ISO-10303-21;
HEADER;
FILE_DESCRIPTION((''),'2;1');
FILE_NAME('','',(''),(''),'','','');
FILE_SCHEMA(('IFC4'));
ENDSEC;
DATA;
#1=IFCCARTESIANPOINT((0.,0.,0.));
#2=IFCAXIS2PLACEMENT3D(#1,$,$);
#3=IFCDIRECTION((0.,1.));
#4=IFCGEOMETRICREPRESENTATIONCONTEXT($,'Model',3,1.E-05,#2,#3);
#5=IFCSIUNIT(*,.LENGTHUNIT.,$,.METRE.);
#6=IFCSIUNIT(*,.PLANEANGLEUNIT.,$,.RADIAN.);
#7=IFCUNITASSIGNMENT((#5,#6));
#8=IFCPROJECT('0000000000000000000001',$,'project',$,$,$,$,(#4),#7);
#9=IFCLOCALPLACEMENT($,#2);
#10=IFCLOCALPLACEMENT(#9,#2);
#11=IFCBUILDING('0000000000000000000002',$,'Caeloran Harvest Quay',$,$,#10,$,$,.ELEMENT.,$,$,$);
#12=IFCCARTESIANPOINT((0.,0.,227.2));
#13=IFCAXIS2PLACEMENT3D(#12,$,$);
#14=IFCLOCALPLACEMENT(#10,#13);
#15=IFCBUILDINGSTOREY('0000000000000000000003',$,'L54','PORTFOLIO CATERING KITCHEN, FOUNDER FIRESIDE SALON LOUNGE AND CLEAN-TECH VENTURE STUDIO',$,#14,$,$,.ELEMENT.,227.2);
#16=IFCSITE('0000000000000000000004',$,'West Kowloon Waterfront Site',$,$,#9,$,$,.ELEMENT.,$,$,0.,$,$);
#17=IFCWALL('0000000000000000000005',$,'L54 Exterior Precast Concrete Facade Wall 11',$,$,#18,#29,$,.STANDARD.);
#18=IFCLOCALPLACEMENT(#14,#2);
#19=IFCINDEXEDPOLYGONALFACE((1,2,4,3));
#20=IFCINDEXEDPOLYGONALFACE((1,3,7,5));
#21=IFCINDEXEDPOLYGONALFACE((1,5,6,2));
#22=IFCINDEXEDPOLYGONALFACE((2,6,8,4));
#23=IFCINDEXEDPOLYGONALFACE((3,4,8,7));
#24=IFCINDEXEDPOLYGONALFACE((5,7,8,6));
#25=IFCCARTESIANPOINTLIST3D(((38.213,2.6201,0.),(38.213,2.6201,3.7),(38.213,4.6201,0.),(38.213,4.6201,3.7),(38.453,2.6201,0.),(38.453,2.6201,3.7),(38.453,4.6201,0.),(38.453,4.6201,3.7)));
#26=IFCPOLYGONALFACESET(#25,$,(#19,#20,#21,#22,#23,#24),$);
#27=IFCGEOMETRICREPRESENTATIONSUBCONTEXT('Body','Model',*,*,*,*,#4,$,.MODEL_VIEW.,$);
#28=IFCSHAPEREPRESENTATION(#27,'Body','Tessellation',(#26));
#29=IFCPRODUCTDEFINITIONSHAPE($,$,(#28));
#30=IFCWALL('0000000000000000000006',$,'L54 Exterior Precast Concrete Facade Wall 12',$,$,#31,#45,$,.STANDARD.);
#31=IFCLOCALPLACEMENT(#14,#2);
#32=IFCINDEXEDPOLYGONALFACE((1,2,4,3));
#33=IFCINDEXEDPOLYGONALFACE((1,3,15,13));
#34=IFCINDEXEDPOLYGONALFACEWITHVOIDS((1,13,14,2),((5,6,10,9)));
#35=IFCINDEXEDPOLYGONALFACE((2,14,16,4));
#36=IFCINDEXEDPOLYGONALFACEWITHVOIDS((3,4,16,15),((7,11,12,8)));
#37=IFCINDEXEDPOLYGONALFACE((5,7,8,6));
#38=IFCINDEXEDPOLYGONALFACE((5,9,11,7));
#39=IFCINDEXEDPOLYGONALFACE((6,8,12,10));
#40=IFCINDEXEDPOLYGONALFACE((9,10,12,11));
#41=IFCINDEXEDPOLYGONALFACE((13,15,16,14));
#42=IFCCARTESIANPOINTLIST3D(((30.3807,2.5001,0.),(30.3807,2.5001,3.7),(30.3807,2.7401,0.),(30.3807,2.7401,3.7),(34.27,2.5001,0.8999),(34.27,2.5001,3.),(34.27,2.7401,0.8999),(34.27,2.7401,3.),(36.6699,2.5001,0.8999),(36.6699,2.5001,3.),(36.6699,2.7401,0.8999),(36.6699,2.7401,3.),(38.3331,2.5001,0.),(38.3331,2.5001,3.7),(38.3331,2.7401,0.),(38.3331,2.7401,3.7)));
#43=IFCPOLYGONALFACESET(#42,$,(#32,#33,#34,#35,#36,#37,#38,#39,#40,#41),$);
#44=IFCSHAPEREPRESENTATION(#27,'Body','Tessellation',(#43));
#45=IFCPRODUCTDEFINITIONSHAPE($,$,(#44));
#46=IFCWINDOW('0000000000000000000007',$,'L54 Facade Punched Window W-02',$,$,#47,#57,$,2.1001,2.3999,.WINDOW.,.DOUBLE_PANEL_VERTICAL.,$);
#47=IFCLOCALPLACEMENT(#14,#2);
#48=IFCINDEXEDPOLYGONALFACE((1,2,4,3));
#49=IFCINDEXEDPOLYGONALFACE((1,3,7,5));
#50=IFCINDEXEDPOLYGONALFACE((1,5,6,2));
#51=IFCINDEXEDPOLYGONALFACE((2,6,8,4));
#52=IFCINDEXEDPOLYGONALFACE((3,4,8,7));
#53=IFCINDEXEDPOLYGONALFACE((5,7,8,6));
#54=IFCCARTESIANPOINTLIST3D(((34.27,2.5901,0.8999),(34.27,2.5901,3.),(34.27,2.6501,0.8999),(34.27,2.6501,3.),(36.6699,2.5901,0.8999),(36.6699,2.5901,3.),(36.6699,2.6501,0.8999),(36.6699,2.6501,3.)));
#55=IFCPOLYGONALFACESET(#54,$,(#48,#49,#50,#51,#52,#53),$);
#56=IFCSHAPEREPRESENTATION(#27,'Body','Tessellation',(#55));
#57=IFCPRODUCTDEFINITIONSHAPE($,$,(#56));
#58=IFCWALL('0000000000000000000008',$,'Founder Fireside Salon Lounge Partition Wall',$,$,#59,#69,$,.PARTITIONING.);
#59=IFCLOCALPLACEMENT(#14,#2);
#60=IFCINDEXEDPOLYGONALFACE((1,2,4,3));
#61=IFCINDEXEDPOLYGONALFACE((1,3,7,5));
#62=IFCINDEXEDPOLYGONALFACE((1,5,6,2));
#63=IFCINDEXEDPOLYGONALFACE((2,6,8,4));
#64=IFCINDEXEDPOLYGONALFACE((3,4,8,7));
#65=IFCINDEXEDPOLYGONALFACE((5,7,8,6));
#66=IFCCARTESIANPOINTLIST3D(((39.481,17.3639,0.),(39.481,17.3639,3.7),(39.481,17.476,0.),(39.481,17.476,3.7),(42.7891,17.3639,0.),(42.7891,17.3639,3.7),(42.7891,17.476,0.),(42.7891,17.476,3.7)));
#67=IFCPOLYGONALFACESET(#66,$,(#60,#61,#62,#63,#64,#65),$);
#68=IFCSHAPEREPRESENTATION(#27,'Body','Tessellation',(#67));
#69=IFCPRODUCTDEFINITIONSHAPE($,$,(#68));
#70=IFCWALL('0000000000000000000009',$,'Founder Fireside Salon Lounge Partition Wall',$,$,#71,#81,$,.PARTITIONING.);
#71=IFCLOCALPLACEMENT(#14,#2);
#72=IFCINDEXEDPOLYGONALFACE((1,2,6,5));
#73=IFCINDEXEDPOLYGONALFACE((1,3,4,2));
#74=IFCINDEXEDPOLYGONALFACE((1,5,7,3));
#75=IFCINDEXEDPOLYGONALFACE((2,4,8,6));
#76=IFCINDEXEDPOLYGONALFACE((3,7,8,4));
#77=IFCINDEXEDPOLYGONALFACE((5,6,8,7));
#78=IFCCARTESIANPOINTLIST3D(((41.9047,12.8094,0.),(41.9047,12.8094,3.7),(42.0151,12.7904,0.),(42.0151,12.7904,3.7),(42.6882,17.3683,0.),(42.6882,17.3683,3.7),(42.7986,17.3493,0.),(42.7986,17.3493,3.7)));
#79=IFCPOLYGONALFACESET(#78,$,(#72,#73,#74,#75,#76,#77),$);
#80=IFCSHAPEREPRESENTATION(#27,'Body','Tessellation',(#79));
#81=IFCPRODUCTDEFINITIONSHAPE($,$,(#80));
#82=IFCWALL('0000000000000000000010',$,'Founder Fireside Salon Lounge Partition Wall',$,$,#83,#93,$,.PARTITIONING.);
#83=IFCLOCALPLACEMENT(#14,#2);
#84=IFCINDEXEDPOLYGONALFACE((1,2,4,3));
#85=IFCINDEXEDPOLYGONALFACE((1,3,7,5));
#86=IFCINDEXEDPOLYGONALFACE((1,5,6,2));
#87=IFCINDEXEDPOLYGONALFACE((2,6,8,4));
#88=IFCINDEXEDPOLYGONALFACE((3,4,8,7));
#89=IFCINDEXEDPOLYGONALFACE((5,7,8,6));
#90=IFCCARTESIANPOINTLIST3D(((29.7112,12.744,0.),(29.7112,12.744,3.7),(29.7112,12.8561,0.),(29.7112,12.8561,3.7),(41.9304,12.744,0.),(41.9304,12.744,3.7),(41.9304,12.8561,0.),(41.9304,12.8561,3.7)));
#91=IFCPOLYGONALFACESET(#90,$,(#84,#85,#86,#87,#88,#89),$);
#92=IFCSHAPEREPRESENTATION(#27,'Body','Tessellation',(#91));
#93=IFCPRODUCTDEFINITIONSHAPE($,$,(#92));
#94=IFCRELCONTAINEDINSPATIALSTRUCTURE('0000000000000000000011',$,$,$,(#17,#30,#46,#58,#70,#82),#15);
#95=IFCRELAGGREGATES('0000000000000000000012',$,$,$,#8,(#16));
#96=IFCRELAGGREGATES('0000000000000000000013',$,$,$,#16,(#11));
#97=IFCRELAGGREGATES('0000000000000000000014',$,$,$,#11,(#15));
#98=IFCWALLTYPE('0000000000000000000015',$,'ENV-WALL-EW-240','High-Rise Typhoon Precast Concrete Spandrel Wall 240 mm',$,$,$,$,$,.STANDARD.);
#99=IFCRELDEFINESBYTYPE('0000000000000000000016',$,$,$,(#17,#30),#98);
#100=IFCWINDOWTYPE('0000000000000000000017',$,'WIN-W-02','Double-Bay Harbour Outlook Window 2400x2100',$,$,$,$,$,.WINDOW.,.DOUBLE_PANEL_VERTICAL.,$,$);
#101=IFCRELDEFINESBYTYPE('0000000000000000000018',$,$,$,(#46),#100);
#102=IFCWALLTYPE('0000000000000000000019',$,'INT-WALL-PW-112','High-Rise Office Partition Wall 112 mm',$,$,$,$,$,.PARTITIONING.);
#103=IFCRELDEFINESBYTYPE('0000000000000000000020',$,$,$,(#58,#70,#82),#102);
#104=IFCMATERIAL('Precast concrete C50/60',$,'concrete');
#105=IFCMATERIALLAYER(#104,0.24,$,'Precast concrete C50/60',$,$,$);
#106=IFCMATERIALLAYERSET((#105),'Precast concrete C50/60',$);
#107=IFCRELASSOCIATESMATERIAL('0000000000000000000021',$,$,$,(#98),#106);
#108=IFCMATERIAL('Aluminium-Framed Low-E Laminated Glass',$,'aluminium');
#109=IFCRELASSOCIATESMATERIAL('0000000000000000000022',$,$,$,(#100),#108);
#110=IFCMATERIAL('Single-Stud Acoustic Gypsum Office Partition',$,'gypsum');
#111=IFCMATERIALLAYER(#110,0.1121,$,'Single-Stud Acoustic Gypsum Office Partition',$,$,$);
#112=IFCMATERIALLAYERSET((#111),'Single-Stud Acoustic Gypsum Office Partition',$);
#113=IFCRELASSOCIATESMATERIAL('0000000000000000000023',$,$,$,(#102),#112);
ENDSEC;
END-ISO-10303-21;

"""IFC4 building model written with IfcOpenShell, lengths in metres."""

from ifc_helpers import new_model, si_unit, direction, frame, frame_2d, origin, place, context, subcontext, project, spatial, rectangle, extrude, material, layer, layer_set, type_object, element, fill, save


model = new_model("IFC4")

# Units and contexts
model_context = context("Model", 3, precision=1e-05, world=origin(), true_north=direction((0.0, 1.0)))
body_context = subcontext(model_context, "Body", "Model", "MODEL_VIEW")
ifc_project = project(units=[si_unit("LENGTHUNIT", "METRE"), si_unit("PLANEANGLEUNIT", "RADIAN")], contexts=[model_context])

# Site, building, storey
site_placement = place(None, origin())
site = spatial("IfcSite", under=ifc_project, at=site_placement, Name="West Kowloon Waterfront Site", CompositionType="ELEMENT", RefElevation=0.0)
building_placement = place(site_placement, origin())
building = spatial("IfcBuilding", under=site, at=building_placement, Name="Caeloran Harvest Quay", CompositionType="ELEMENT")
storey_placement = place(building_placement, frame((0.0, 0.0, 227.2)))
storey = spatial("IfcBuildingStorey", under=building, at=storey_placement, Name="L54", Description="PORTFOLIO CATERING KITCHEN, FOUNDER FIRESIDE SALON LOUNGE AND CLEAN-TECH VENTURE STUDIO", CompositionType="ELEMENT", Elevation=227.2)

# Wall
ifc_material_1 = material(Name="Precast concrete C50/60", Category="concrete")
ifc_layer_1 = layer(ifc_material_1, 0.24, Name="Precast concrete C50/60")
ifc_layer_set_1 = layer_set([ifc_layer_1], Name="Precast concrete C50/60")
wall_type_1 = type_object("IfcWallType", Name="ENV-WALL-EW-240", Description="High-Rise Typhoon Precast Concrete Spandrel Wall 240 mm", PredefinedType="STANDARD", material=ifc_layer_set_1)
wall_1_placement = place(storey_placement, frame((38.333, 4.6201, 0.0), z_axis=(0.0, 0.0, 1.0), x_axis=(0.0, -1.0, 0.0)))
element("IfcWall", 1, at=wall_1_placement, inside=storey, type_object=wall_type_1, Name="L54 Exterior Precast Concrete Facade Wall 11", PredefinedType="STANDARD", context=body_context, shape_type="SweptSolid", body=[
    extrude(rectangle(XDim=2.0, YDim=0.24, at=frame_2d((1.0, 0.0))), origin(), (0.0, 0.0, 1.0), 3.7),
])

# Wall, opening, window
wall_2_placement = place(storey_placement, frame((38.333, 2.6201, 0.0), z_axis=(0.0, 0.0, 1.0), x_axis=(-1.0, 0.0, 0.0)))
wall_2 = element("IfcWall", 2, at=wall_2_placement, inside=storey, type_object=wall_type_1, Name="L54 Exterior Precast Concrete Facade Wall 12", PredefinedType="STANDARD", context=body_context, shape_type="SweptSolid", body=[
    extrude(rectangle(XDim=7.9524, YDim=0.24, at=frame_2d((3.9761, 0.0))), origin(), (0.0, 0.0, 1.0), 3.7),
])
opening_placement = place(wall_2_placement, frame((1.6631, 0.0, 0.8999)))
opening = element("IfcOpeningElement", 3, at=opening_placement, cuts=wall_2, PredefinedType="OPENING", context=body_context, shape_type="SweptSolid", body=[
    extrude(rectangle(XDim=2.3999, YDim=2.1001, at=frame_2d((1.2, 1.05))), frame((0.0, 0.1299, 0.0), z_axis=(0.0, -1.0, 0.0), x_axis=(1.0, 0.0, 0.0)), (0.0, 0.0, 1.0), 0.26),
])
ifc_material_2 = material(Name="Aluminium-Framed Low-E Laminated Glass", Category="aluminium")
window_type = type_object("IfcWindowType", Name="WIN-W-02", Description="Double-Bay Harbour Outlook Window 2400x2100", PartitioningType="DOUBLE_PANEL_VERTICAL", PredefinedType="WINDOW", material=ifc_material_2)
window_placement = place(opening_placement, origin())
window = element("IfcWindow", 4, at=window_placement, inside=storey, type_object=window_type, Name="L54 Facade Punched Window W-02", OverallHeight=2.1001, OverallWidth=2.3999, PartitioningType="DOUBLE_PANEL_VERTICAL", PredefinedType="WINDOW", context=body_context, shape_type="SweptSolid", body=[
    extrude(rectangle(XDim=2.3999, YDim=2.1001, at=frame_2d((1.2, 1.05))), frame((0.0, 0.03, 0.0), z_axis=(0.0, -1.0, 0.0), x_axis=(1.0, 0.0, 0.0)), (0.0, 0.0, 1.0), 0.0601),
])
fill(opening, window)

# Walls
ifc_material_3 = material(Name="Single-Stud Acoustic Gypsum Office Partition", Category="gypsum")
ifc_layer_2 = layer(ifc_material_3, 0.1121, Name="Single-Stud Acoustic Gypsum Office Partition")
ifc_layer_set_2 = layer_set([ifc_layer_2], Name="Single-Stud Acoustic Gypsum Office Partition")
wall_type_2 = type_object("IfcWallType", Name="INT-WALL-PW-112", Description="High-Rise Office Partition Wall 112 mm", PredefinedType="PARTITIONING", material=ifc_layer_set_2)
wall_3_placement = place(storey_placement, frame((39.481, 17.4199, 0.0), z_axis=(0.0, 0.0, 1.0), x_axis=(1.0, 0.0, 0.0)))
element("IfcWall", 5, at=wall_3_placement, inside=storey, type_object=wall_type_2, Name="Founder Fireside Salon Lounge Partition Wall", PredefinedType="PARTITIONING", context=body_context, shape_type="SweptSolid", body=[
    extrude(rectangle(XDim=3.3081, YDim=0.1121, at=frame_2d((1.6541, 0.0))), origin(), (0.0, 0.0, 1.0), 3.7),
])
wall_4_placement = place(storey_placement, frame((42.7434, 17.3589, 0.0), z_axis=(0.0, 0.0, 1.0), x_axis=(-0.16937, -0.985553, 0.0)))
element("IfcWall", 6, at=wall_4_placement, inside=storey, type_object=wall_type_2, Name="Founder Fireside Salon Lounge Partition Wall", PredefinedType="PARTITIONING", context=body_context, shape_type="SweptSolid", body=[
    extrude(rectangle(XDim=4.6257, YDim=0.1121, at=frame_2d((2.313, 0.0))), origin(), (0.0, 0.0, 1.0), 3.7),
])
wall_5_placement = place(storey_placement, frame((41.9304, 12.8, 0.0), z_axis=(0.0, 0.0, 1.0), x_axis=(-1.0, 0.0, 0.0)))
element("IfcWall", 7, at=wall_5_placement, inside=storey, type_object=wall_type_2, Name="Founder Fireside Salon Lounge Partition Wall", PredefinedType="PARTITIONING", context=body_context, shape_type="SweptSolid", body=[
    extrude(rectangle(XDim=12.2192, YDim=0.1121, at=frame_2d((6.1096, 0.0))), origin(), (0.0, 0.0, 1.0), 3.7),
])

save(model, "model.ifc")
